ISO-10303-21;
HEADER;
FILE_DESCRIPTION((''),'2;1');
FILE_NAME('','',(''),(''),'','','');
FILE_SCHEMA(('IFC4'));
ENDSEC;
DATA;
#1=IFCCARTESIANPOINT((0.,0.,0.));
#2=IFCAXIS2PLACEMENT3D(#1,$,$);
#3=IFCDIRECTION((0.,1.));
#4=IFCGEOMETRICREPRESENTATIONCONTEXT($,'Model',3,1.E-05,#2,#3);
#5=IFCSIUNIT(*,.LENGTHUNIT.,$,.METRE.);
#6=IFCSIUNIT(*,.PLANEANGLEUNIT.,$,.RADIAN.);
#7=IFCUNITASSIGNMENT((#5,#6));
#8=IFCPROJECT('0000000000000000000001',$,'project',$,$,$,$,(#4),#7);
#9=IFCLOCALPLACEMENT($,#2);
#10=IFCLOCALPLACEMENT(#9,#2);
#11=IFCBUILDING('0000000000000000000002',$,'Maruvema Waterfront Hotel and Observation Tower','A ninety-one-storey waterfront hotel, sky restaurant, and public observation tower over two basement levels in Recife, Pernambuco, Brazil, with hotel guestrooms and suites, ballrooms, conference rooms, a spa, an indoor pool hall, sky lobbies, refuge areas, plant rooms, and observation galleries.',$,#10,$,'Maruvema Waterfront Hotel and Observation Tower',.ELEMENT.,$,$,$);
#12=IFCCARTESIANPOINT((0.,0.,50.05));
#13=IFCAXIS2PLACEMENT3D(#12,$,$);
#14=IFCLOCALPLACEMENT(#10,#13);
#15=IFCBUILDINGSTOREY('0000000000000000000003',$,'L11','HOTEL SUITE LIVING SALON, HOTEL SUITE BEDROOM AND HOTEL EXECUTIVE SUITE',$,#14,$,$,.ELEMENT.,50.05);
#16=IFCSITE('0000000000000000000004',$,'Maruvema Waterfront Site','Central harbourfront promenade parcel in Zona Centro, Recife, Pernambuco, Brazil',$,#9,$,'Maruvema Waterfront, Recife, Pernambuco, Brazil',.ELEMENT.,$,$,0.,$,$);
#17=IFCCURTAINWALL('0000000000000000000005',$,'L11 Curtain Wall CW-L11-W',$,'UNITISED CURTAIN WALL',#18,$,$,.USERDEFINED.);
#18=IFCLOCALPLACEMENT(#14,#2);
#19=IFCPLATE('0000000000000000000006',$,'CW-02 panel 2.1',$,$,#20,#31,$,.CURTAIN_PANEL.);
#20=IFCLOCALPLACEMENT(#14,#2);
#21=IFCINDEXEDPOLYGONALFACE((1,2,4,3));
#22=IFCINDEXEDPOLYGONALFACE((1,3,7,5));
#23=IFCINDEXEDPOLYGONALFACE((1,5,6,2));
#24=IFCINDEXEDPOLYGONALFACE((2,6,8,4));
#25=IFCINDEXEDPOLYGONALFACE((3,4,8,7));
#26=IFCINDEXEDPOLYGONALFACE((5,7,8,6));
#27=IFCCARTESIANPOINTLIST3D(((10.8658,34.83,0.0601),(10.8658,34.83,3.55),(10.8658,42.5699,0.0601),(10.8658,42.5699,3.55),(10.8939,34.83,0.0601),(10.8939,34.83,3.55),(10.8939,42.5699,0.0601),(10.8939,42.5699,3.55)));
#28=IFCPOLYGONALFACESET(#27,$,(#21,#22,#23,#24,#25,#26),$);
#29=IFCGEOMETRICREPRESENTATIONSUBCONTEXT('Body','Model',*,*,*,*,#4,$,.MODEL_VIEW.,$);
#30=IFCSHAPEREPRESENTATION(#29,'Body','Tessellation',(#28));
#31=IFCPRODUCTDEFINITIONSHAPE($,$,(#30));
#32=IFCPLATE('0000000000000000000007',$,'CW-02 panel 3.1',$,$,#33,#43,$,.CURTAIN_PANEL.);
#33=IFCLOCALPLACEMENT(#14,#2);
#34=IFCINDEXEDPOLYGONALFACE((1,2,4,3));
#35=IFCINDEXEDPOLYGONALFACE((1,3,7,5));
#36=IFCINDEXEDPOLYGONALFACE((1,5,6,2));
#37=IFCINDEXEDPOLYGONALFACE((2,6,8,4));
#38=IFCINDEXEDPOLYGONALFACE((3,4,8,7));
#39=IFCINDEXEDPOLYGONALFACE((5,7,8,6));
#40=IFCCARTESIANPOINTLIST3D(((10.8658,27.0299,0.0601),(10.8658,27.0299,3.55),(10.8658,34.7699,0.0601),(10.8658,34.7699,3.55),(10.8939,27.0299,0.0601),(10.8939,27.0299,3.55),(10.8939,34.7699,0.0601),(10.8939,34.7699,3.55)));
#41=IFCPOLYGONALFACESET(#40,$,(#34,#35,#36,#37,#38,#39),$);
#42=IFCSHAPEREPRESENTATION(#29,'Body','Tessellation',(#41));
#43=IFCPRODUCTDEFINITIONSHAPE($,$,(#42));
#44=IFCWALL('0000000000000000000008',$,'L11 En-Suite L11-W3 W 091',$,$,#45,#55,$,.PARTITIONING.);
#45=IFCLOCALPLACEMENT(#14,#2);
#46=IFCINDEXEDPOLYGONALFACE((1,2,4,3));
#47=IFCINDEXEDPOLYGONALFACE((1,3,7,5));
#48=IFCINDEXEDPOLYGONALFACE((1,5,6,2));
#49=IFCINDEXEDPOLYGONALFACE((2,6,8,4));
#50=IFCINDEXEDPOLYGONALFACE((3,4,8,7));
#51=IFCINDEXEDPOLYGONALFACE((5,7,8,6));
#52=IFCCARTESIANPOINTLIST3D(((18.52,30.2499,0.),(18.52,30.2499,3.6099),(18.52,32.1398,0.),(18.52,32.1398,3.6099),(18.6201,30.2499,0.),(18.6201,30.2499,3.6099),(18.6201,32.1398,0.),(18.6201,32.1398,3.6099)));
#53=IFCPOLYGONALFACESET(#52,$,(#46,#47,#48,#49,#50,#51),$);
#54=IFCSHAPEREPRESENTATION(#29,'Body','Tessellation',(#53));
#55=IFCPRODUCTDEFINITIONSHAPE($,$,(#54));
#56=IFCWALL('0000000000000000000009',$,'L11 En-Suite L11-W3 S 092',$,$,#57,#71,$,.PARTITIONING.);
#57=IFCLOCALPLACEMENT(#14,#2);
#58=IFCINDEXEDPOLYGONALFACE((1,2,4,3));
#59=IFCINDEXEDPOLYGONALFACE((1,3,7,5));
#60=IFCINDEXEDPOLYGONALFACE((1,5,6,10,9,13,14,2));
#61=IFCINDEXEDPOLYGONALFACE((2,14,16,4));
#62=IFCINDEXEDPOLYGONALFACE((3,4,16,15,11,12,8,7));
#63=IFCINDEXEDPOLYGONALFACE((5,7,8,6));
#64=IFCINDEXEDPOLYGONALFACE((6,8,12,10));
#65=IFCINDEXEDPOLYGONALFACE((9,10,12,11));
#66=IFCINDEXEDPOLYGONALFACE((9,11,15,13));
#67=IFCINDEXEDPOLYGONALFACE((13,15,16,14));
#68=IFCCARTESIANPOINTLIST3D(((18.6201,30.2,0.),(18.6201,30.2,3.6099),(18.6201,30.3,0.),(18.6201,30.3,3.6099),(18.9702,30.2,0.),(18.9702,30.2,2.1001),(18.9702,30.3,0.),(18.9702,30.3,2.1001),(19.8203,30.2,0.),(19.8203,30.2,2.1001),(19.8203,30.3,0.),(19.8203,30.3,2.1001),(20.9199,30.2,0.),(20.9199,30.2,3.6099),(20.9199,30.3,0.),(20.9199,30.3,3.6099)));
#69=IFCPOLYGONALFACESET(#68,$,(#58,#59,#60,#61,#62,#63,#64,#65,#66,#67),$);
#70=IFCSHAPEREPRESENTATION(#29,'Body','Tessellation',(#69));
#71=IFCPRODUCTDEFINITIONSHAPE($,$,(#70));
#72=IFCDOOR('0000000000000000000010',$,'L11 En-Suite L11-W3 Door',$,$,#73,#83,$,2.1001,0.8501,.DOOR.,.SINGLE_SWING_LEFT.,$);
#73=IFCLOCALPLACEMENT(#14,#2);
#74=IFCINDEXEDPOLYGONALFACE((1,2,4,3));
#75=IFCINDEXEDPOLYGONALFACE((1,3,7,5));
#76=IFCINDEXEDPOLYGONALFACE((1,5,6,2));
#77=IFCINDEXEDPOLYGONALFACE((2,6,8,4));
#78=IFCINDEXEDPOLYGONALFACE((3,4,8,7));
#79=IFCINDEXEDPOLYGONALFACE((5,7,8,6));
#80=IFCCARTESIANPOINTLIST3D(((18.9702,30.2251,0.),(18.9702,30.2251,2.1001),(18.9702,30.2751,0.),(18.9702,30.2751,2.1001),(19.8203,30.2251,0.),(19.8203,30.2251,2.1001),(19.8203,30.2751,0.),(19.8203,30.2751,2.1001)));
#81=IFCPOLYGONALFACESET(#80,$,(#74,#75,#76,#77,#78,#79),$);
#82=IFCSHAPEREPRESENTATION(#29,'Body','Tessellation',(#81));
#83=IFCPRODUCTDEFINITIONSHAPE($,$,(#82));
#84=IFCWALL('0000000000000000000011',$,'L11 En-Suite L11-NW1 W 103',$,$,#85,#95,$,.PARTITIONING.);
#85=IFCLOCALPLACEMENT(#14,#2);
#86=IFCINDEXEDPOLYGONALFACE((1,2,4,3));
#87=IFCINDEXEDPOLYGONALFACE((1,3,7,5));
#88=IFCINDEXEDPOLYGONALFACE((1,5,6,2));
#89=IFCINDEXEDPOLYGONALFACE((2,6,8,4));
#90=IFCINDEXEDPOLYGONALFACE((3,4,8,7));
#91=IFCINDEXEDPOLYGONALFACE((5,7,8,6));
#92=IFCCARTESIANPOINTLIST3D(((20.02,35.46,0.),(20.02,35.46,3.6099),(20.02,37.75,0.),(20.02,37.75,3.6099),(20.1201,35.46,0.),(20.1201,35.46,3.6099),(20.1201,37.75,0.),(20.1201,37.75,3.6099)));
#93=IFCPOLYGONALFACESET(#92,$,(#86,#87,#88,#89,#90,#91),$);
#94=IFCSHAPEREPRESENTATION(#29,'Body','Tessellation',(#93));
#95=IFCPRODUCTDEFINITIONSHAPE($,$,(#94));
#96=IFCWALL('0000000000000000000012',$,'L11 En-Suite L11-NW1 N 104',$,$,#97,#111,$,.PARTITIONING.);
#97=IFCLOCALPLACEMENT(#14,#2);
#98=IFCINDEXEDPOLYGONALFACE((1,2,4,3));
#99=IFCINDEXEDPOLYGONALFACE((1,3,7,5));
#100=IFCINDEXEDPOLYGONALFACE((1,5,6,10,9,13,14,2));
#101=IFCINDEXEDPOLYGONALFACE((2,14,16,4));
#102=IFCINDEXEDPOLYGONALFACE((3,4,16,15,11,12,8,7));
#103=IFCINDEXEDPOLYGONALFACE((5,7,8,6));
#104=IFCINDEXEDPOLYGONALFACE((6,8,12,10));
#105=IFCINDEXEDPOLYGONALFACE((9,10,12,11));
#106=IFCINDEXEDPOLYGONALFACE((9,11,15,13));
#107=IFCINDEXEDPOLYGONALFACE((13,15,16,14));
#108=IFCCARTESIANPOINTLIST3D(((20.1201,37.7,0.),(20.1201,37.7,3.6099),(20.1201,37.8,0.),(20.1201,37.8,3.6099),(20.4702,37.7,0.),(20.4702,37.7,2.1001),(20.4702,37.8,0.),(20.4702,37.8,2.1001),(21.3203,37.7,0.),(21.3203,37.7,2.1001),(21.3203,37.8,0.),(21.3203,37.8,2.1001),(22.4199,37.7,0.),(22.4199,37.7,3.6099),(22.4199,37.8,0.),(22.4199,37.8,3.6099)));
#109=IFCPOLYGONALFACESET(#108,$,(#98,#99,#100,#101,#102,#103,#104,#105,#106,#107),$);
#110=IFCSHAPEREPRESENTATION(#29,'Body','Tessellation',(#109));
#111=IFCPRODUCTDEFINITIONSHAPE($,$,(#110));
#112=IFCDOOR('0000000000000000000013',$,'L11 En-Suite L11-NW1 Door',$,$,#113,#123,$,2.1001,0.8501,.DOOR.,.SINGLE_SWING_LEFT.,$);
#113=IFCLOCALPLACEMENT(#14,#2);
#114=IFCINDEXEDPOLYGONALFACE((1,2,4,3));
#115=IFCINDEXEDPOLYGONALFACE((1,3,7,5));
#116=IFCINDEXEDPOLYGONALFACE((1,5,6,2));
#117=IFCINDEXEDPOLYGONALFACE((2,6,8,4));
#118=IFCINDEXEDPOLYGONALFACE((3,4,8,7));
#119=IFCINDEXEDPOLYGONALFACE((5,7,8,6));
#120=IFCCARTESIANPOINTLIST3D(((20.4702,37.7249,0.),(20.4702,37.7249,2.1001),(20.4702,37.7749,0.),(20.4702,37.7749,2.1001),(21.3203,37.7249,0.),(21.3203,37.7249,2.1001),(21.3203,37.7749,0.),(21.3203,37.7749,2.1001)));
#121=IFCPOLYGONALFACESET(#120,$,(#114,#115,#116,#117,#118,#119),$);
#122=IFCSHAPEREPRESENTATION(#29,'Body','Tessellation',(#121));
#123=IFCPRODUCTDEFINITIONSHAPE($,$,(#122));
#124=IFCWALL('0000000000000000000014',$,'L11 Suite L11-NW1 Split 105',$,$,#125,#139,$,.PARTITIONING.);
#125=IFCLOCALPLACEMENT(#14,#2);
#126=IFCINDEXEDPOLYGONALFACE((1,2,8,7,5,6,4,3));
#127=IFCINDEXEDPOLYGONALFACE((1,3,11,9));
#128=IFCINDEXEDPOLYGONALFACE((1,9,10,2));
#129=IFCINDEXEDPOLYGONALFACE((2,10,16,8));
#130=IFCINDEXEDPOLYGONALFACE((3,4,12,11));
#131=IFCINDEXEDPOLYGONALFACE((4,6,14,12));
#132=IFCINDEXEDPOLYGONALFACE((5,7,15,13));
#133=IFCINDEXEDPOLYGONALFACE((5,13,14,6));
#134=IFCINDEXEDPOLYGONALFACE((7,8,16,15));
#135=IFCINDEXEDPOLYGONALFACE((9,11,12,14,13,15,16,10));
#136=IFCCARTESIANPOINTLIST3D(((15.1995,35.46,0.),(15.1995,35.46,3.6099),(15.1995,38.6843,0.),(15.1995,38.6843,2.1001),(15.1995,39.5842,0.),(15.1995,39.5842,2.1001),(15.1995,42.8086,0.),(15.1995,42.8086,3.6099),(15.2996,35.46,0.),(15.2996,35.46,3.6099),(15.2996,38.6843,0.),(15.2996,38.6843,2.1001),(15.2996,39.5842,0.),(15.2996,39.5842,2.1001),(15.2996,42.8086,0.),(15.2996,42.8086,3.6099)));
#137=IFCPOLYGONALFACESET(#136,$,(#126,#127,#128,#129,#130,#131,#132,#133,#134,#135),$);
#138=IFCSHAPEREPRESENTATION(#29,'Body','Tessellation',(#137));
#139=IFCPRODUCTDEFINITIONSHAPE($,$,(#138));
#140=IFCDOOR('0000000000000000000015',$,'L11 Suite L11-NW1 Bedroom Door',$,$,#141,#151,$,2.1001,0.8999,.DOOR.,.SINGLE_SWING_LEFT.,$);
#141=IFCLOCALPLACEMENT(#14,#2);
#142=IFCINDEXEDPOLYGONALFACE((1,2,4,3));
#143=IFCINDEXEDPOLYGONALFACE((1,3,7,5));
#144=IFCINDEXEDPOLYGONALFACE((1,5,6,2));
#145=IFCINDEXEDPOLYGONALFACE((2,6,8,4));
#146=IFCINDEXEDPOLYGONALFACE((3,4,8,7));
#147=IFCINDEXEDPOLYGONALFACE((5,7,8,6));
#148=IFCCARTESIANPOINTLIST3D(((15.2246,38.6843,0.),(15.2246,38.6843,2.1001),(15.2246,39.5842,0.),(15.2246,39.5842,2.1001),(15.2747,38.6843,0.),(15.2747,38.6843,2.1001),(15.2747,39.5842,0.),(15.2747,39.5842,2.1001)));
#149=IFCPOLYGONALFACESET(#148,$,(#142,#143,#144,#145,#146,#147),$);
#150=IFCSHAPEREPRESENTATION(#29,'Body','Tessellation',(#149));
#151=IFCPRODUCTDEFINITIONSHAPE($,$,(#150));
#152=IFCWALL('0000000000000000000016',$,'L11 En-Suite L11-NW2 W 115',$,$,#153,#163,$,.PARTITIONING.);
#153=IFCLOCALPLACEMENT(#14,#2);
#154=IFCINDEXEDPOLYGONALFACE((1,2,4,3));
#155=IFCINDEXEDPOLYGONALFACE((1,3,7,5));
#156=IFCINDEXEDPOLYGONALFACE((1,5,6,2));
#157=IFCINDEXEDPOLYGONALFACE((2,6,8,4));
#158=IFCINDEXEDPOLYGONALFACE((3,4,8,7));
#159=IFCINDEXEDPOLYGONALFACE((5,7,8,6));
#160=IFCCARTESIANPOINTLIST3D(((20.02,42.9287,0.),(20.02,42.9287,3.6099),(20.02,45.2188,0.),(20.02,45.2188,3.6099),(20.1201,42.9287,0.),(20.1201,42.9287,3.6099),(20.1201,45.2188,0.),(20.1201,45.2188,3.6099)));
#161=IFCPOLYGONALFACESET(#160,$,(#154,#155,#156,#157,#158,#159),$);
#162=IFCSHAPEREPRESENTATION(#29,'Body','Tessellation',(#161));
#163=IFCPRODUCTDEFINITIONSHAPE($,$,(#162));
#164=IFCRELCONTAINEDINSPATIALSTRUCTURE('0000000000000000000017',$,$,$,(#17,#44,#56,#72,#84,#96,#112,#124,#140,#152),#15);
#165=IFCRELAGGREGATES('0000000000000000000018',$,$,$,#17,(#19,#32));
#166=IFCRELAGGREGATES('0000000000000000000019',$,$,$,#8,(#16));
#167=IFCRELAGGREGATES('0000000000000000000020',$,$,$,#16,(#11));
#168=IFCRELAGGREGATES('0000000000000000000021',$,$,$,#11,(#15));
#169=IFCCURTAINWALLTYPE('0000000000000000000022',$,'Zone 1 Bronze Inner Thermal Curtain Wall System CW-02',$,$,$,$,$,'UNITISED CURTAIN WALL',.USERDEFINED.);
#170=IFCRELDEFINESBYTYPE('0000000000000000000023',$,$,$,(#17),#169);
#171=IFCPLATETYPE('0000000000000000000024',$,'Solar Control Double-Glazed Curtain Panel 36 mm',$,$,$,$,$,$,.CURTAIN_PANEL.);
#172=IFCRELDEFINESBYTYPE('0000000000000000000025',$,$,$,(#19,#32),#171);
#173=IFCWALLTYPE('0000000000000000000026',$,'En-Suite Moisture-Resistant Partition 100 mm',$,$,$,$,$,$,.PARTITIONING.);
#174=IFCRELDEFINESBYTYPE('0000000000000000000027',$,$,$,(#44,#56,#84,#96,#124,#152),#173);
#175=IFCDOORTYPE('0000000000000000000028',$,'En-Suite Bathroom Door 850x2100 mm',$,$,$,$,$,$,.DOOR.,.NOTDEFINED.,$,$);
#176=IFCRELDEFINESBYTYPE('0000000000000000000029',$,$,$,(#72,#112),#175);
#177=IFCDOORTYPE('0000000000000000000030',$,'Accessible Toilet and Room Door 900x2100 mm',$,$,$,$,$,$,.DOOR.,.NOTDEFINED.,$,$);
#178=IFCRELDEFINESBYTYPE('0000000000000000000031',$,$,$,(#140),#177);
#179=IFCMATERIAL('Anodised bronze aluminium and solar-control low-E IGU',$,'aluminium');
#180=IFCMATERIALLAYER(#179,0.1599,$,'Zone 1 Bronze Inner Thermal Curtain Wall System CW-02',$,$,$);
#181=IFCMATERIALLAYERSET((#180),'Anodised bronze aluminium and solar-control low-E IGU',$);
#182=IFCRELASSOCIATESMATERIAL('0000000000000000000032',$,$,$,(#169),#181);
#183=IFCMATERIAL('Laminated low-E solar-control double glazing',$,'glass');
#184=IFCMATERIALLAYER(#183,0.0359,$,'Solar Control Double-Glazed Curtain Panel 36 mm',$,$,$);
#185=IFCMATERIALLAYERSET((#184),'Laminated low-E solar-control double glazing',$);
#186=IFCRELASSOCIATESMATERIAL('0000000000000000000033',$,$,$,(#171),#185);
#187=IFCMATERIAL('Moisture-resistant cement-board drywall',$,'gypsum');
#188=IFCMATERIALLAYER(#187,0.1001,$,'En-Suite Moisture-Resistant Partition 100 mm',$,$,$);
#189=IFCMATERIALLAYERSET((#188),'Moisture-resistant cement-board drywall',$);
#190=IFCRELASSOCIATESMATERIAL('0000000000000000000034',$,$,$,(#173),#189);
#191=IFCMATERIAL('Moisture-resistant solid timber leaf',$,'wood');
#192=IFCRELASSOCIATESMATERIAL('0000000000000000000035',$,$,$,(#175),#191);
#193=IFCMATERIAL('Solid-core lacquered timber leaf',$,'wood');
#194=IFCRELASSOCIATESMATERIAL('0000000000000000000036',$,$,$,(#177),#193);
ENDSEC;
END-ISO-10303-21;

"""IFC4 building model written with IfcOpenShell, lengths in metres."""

from ifc_helpers import new_model, si_unit, direction, frame, frame_2d, origin, origin_2d, place, context, subcontext, project, spatial, rectangle, extrude, material, layer, layer_set, type_object, element, fill, aggregate, save


model = new_model("IFC4")

# Units and contexts
model_context = context("Model", 3, precision=1e-05, world=origin(), true_north=direction((0.0, 1.0)))
body_context = subcontext(model_context, "Body", "Model", "MODEL_VIEW")
ifc_project = project(units=[si_unit("LENGTHUNIT", "METRE"), si_unit("PLANEANGLEUNIT", "RADIAN")], contexts=[model_context])

# Site, building, storey
site_placement = place(None, origin())
site = spatial("IfcSite", under=ifc_project, at=site_placement, Name="Maruvema Waterfront Site", Description="Central harbourfront promenade parcel in Zona Centro, Recife, Pernambuco, Brazil", LongName="Maruvema Waterfront, Recife, Pernambuco, Brazil", CompositionType="ELEMENT", RefElevation=0.0)
building_placement = place(site_placement, origin())
building = spatial("IfcBuilding", under=site, at=building_placement, Name="Maruvema Waterfront Hotel and Observation Tower", Description="A ninety-one-storey waterfront hotel, sky restaurant, and public observation tower over two basement levels in Recife, Pernambuco, Brazil, with hotel guestrooms and suites, ballrooms, conference rooms, a spa, an indoor pool hall, sky lobbies, refuge areas, plant rooms, and observation galleries.", LongName="Maruvema Waterfront Hotel and Observation Tower", CompositionType="ELEMENT")
storey_placement = place(building_placement, frame((0.0, 0.0, 50.05)))
storey = spatial("IfcBuildingStorey", under=building, at=storey_placement, Name="L11", Description="HOTEL SUITE LIVING SALON, HOTEL SUITE BEDROOM AND HOTEL EXECUTIVE SUITE", CompositionType="ELEMENT", Elevation=50.05)

# Curtain wall
ifc_material_1 = material(Name="Anodised bronze aluminium and solar-control low-E IGU", Category="aluminium")
ifc_layer_1 = layer(ifc_material_1, 0.1599, Name="Zone 1 Bronze Inner Thermal Curtain Wall System CW-02")
ifc_layer_set_1 = layer_set([ifc_layer_1], Name="Anodised bronze aluminium and solar-control low-E IGU")
curtain_wall_type = type_object("IfcCurtainWallType", Name="Zone 1 Bronze Inner Thermal Curtain Wall System CW-02", ElementType="UNITISED CURTAIN WALL", PredefinedType="USERDEFINED", material=ifc_layer_set_1)
curtain_wall_placement = place(storey_placement, origin())
curtain_wall = element("IfcCurtainWall", 1, at=curtain_wall_placement, inside=storey, type_object=curtain_wall_type, Name="L11 Curtain Wall CW-L11-W", ObjectType="UNITISED CURTAIN WALL", PredefinedType="USERDEFINED")

# Plates
ifc_material_2 = material(Name="Laminated low-E solar-control double glazing", Category="glass")
ifc_layer_2 = layer(ifc_material_2, 0.0359, Name="Solar Control Double-Glazed Curtain Panel 36 mm")
ifc_layer_set_2 = layer_set([ifc_layer_2], Name="Laminated low-E solar-control double glazing")
plate_type = type_object("IfcPlateType", Name="Solar Control Double-Glazed Curtain Panel 36 mm", PredefinedType="CURTAIN_PANEL", material=ifc_layer_set_2)
plate_1_placement = place(storey_placement, frame((10.8799, 38.7, 0.0601), z_axis=(0.0, 0.0, 1.0), x_axis=(0.0, -1.0, 0.0)))
plate_1 = element("IfcPlate", 2, at=plate_1_placement, type_object=plate_type, Name="CW-02 panel 2.1", PredefinedType="CURTAIN_PANEL", context=body_context, shape_type="SweptSolid", body=[
    extrude(rectangle(XDim=7.74, YDim=0.0281, at=origin_2d()), origin(), (0.0, 0.0, 1.0), 3.49),
])
plate_2_placement = place(storey_placement, frame((10.8799, 30.8999, 0.0601), z_axis=(0.0, 0.0, 1.0), x_axis=(0.0, -1.0, 0.0)))
plate_2 = element("IfcPlate", 3, at=plate_2_placement, type_object=plate_type, Name="CW-02 panel 3.1", PredefinedType="CURTAIN_PANEL", context=body_context, shape_type="SweptSolid", body=[
    extrude(rectangle(XDim=7.74, YDim=0.0281, at=origin_2d()), origin(), (0.0, 0.0, 1.0), 3.49),
])
aggregate(curtain_wall, [plate_1, plate_2])

# Wall
ifc_material_3 = material(Name="Moisture-resistant cement-board drywall", Category="gypsum")
ifc_layer_3 = layer(ifc_material_3, 0.1001, Name="En-Suite Moisture-Resistant Partition 100 mm")
ifc_layer_set_3 = layer_set([ifc_layer_3], Name="Moisture-resistant cement-board drywall")
wall_type_1 = type_object("IfcWallType", Name="En-Suite Moisture-Resistant Partition 100 mm", PredefinedType="PARTITIONING", material=ifc_layer_set_3)
wall_1_placement = place(storey_placement, frame((18.5701, 30.25, 0.0), z_axis=(0.0, 0.0, 1.0), x_axis=(0.0, 1.0, 0.0)))
element("IfcWall", 4, at=wall_1_placement, inside=storey, type_object=wall_type_1, Name="L11 En-Suite L11-W3 W 091", PredefinedType="PARTITIONING", context=body_context, shape_type="SweptSolid", body=[
    extrude(rectangle(XDim=1.8899, YDim=0.1001, at=frame_2d((0.9448, 0.0))), origin(), (0.0, 0.0, 1.0), 3.6099),
])

# Wall, opening, door
wall_2_placement = place(storey_placement, frame((18.6201, 30.25, 0.0), z_axis=(0.0, 0.0, 1.0), x_axis=(1.0, 0.0, 0.0)))
wall_2 = element("IfcWall", 5, at=wall_2_placement, inside=storey, type_object=wall_type_1, Name="L11 En-Suite L11-W3 S 092", PredefinedType="PARTITIONING", context=body_context, shape_type="SweptSolid", body=[
    extrude(rectangle(XDim=2.2998, YDim=0.1001, at=frame_2d((1.1499, 0.0))), origin(), (0.0, 0.0, 1.0), 3.6099),
])
opening_1_placement = place(wall_2_placement, frame((0.3501, 0.0, 0.0)))
opening_1 = element("IfcOpeningElement", 6, at=opening_1_placement, cuts=wall_2, PredefinedType="OPENING", context=body_context, shape_type="SweptSolid", body=[
    extrude(rectangle(XDim=0.8501, YDim=2.1001, at=frame_2d((0.425, 1.05))), frame((0.0, 0.0601, 0.0), z_axis=(0.0, -1.0, 0.0), x_axis=(1.0, 0.0, 0.0)), (0.0, 0.0, 1.0), 0.1201),
])
ifc_material_4 = material(Name="Moisture-resistant solid timber leaf", Category="wood")
door_type_1 = type_object("IfcDoorType", Name="En-Suite Bathroom Door 850x2100 mm", OperationType="NOTDEFINED", PredefinedType="DOOR", material=ifc_material_4)
door_1_placement = place(opening_1_placement, frame((0.8501, 0.0, 0.0), z_axis=(0.0, 0.0, 1.0), x_axis=(-1.0, 0.0, 0.0)))
door_1 = element("IfcDoor", 7, at=door_1_placement, inside=storey, type_object=door_type_1, Name="L11 En-Suite L11-W3 Door", OperationType="SINGLE_SWING_LEFT", OverallHeight=2.1001, OverallWidth=0.8501, PredefinedType="DOOR", context=body_context, shape_type="SweptSolid", body=[
    extrude(rectangle(XDim=0.8501, YDim=2.1001, at=frame_2d((0.425, 1.05))), frame((0.0, 0.0249, 0.0), z_axis=(0.0, -1.0, 0.0), x_axis=(1.0, 0.0, 0.0)), (0.0, 0.0, 1.0), 0.05),
])
fill(opening_1, door_1)

# Wall
wall_3_placement = place(storey_placement, frame((20.0701, 35.46, 0.0), z_axis=(0.0, 0.0, 1.0), x_axis=(0.0, 1.0, 0.0)))
element("IfcWall", 8, at=wall_3_placement, inside=storey, type_object=wall_type_1, Name="L11 En-Suite L11-NW1 W 103", PredefinedType="PARTITIONING", context=body_context, shape_type="SweptSolid", body=[
    extrude(rectangle(XDim=2.29, YDim=0.1001, at=frame_2d((1.145, 0.0))), origin(), (0.0, 0.0, 1.0), 3.6099),
])

# Walls, openings, doors
wall_4_placement = place(storey_placement, frame((20.1201, 37.75, 0.0), z_axis=(0.0, 0.0, 1.0), x_axis=(1.0, 0.0, 0.0)))
wall_4 = element("IfcWall", 9, at=wall_4_placement, inside=storey, type_object=wall_type_1, Name="L11 En-Suite L11-NW1 N 104", PredefinedType="PARTITIONING", context=body_context, shape_type="SweptSolid", body=[
    extrude(rectangle(XDim=2.2998, YDim=0.1001, at=frame_2d((1.1499, 0.0))), origin(), (0.0, 0.0, 1.0), 3.6099),
])
opening_2_placement = place(wall_4_placement, frame((0.3501, 0.0, 0.0)))
opening_2 = element("IfcOpeningElement", 10, at=opening_2_placement, cuts=wall_4, PredefinedType="OPENING", context=body_context, shape_type="SweptSolid", body=[
    extrude(rectangle(XDim=0.8501, YDim=2.1001, at=frame_2d((0.425, 1.05))), frame((0.0, 0.0601, 0.0), z_axis=(0.0, -1.0, 0.0), x_axis=(1.0, 0.0, 0.0)), (0.0, 0.0, 1.0), 0.1201),
])
door_2_placement = place(opening_2_placement, origin())
door_2 = element("IfcDoor", 11, at=door_2_placement, inside=storey, type_object=door_type_1, Name="L11 En-Suite L11-NW1 Door", OperationType="SINGLE_SWING_LEFT", OverallHeight=2.1001, OverallWidth=0.8501, PredefinedType="DOOR", context=body_context, shape_type="SweptSolid", body=[
    extrude(rectangle(XDim=0.8501, YDim=2.1001, at=frame_2d((0.425, 1.05))), frame((0.0, 0.0249, 0.0), z_axis=(0.0, -1.0, 0.0), x_axis=(1.0, 0.0, 0.0)), (0.0, 0.0, 1.0), 0.05),
])
fill(opening_2, door_2)
wall_5_placement = place(storey_placement, frame((15.2495, 35.46, 0.0), z_axis=(0.0, 0.0, 1.0), x_axis=(0.0, 1.0, 0.0)))
wall_5 = element("IfcWall", 12, at=wall_5_placement, inside=storey, type_object=wall_type_1, Name="L11 Suite L11-NW1 Split 105", PredefinedType="PARTITIONING", context=body_context, shape_type="SweptSolid", body=[
    extrude(rectangle(XDim=7.3486, YDim=0.1001, at=frame_2d((3.6743, 0.0))), origin(), (0.0, 0.0, 1.0), 3.6099),
])
opening_3_placement = place(wall_5_placement, frame((3.2244, 0.0, 0.0)))
opening_3 = element("IfcOpeningElement", 13, at=opening_3_placement, cuts=wall_5, PredefinedType="OPENING", context=body_context, shape_type="SweptSolid", body=[
    extrude(rectangle(XDim=0.8999, YDim=2.1001, at=frame_2d((0.45, 1.05))), frame((0.0, 0.0601, 0.0), z_axis=(0.0, -1.0, 0.0), x_axis=(1.0, 0.0, 0.0)), (0.0, 0.0, 1.0), 0.1201),
])
ifc_material_5 = material(Name="Solid-core lacquered timber leaf", Category="wood")
door_type_2 = type_object("IfcDoorType", Name="Accessible Toilet and Room Door 900x2100 mm", OperationType="NOTDEFINED", PredefinedType="DOOR", material=ifc_material_5)
door_3_placement = place(opening_3_placement, origin())
door_3 = element("IfcDoor", 14, at=door_3_placement, inside=storey, type_object=door_type_2, Name="L11 Suite L11-NW1 Bedroom Door", OperationType="SINGLE_SWING_LEFT", OverallHeight=2.1001, OverallWidth=0.8999, PredefinedType="DOOR", context=body_context, shape_type="SweptSolid", body=[
    extrude(rectangle(XDim=0.8999, YDim=2.1001, at=frame_2d((0.45, 1.05))), frame((0.0, 0.0249, 0.0), z_axis=(0.0, -1.0, 0.0), x_axis=(1.0, 0.0, 0.0)), (0.0, 0.0, 1.0), 0.05),
])
fill(opening_3, door_3)

# Wall
wall_6_placement = place(storey_placement, frame((20.0701, 42.9287, 0.0), z_axis=(0.0, 0.0, 1.0), x_axis=(0.0, 1.0, 0.0)))
element("IfcWall", 15, at=wall_6_placement, inside=storey, type_object=wall_type_1, Name="L11 En-Suite L11-NW2 W 115", PredefinedType="PARTITIONING", context=body_context, shape_type="SweptSolid", body=[
    extrude(rectangle(XDim=2.29, YDim=0.1001, at=frame_2d((1.145, 0.0))), origin(), (0.0, 0.0, 1.0), 3.6099),
])

save(model, "model.ifc")
